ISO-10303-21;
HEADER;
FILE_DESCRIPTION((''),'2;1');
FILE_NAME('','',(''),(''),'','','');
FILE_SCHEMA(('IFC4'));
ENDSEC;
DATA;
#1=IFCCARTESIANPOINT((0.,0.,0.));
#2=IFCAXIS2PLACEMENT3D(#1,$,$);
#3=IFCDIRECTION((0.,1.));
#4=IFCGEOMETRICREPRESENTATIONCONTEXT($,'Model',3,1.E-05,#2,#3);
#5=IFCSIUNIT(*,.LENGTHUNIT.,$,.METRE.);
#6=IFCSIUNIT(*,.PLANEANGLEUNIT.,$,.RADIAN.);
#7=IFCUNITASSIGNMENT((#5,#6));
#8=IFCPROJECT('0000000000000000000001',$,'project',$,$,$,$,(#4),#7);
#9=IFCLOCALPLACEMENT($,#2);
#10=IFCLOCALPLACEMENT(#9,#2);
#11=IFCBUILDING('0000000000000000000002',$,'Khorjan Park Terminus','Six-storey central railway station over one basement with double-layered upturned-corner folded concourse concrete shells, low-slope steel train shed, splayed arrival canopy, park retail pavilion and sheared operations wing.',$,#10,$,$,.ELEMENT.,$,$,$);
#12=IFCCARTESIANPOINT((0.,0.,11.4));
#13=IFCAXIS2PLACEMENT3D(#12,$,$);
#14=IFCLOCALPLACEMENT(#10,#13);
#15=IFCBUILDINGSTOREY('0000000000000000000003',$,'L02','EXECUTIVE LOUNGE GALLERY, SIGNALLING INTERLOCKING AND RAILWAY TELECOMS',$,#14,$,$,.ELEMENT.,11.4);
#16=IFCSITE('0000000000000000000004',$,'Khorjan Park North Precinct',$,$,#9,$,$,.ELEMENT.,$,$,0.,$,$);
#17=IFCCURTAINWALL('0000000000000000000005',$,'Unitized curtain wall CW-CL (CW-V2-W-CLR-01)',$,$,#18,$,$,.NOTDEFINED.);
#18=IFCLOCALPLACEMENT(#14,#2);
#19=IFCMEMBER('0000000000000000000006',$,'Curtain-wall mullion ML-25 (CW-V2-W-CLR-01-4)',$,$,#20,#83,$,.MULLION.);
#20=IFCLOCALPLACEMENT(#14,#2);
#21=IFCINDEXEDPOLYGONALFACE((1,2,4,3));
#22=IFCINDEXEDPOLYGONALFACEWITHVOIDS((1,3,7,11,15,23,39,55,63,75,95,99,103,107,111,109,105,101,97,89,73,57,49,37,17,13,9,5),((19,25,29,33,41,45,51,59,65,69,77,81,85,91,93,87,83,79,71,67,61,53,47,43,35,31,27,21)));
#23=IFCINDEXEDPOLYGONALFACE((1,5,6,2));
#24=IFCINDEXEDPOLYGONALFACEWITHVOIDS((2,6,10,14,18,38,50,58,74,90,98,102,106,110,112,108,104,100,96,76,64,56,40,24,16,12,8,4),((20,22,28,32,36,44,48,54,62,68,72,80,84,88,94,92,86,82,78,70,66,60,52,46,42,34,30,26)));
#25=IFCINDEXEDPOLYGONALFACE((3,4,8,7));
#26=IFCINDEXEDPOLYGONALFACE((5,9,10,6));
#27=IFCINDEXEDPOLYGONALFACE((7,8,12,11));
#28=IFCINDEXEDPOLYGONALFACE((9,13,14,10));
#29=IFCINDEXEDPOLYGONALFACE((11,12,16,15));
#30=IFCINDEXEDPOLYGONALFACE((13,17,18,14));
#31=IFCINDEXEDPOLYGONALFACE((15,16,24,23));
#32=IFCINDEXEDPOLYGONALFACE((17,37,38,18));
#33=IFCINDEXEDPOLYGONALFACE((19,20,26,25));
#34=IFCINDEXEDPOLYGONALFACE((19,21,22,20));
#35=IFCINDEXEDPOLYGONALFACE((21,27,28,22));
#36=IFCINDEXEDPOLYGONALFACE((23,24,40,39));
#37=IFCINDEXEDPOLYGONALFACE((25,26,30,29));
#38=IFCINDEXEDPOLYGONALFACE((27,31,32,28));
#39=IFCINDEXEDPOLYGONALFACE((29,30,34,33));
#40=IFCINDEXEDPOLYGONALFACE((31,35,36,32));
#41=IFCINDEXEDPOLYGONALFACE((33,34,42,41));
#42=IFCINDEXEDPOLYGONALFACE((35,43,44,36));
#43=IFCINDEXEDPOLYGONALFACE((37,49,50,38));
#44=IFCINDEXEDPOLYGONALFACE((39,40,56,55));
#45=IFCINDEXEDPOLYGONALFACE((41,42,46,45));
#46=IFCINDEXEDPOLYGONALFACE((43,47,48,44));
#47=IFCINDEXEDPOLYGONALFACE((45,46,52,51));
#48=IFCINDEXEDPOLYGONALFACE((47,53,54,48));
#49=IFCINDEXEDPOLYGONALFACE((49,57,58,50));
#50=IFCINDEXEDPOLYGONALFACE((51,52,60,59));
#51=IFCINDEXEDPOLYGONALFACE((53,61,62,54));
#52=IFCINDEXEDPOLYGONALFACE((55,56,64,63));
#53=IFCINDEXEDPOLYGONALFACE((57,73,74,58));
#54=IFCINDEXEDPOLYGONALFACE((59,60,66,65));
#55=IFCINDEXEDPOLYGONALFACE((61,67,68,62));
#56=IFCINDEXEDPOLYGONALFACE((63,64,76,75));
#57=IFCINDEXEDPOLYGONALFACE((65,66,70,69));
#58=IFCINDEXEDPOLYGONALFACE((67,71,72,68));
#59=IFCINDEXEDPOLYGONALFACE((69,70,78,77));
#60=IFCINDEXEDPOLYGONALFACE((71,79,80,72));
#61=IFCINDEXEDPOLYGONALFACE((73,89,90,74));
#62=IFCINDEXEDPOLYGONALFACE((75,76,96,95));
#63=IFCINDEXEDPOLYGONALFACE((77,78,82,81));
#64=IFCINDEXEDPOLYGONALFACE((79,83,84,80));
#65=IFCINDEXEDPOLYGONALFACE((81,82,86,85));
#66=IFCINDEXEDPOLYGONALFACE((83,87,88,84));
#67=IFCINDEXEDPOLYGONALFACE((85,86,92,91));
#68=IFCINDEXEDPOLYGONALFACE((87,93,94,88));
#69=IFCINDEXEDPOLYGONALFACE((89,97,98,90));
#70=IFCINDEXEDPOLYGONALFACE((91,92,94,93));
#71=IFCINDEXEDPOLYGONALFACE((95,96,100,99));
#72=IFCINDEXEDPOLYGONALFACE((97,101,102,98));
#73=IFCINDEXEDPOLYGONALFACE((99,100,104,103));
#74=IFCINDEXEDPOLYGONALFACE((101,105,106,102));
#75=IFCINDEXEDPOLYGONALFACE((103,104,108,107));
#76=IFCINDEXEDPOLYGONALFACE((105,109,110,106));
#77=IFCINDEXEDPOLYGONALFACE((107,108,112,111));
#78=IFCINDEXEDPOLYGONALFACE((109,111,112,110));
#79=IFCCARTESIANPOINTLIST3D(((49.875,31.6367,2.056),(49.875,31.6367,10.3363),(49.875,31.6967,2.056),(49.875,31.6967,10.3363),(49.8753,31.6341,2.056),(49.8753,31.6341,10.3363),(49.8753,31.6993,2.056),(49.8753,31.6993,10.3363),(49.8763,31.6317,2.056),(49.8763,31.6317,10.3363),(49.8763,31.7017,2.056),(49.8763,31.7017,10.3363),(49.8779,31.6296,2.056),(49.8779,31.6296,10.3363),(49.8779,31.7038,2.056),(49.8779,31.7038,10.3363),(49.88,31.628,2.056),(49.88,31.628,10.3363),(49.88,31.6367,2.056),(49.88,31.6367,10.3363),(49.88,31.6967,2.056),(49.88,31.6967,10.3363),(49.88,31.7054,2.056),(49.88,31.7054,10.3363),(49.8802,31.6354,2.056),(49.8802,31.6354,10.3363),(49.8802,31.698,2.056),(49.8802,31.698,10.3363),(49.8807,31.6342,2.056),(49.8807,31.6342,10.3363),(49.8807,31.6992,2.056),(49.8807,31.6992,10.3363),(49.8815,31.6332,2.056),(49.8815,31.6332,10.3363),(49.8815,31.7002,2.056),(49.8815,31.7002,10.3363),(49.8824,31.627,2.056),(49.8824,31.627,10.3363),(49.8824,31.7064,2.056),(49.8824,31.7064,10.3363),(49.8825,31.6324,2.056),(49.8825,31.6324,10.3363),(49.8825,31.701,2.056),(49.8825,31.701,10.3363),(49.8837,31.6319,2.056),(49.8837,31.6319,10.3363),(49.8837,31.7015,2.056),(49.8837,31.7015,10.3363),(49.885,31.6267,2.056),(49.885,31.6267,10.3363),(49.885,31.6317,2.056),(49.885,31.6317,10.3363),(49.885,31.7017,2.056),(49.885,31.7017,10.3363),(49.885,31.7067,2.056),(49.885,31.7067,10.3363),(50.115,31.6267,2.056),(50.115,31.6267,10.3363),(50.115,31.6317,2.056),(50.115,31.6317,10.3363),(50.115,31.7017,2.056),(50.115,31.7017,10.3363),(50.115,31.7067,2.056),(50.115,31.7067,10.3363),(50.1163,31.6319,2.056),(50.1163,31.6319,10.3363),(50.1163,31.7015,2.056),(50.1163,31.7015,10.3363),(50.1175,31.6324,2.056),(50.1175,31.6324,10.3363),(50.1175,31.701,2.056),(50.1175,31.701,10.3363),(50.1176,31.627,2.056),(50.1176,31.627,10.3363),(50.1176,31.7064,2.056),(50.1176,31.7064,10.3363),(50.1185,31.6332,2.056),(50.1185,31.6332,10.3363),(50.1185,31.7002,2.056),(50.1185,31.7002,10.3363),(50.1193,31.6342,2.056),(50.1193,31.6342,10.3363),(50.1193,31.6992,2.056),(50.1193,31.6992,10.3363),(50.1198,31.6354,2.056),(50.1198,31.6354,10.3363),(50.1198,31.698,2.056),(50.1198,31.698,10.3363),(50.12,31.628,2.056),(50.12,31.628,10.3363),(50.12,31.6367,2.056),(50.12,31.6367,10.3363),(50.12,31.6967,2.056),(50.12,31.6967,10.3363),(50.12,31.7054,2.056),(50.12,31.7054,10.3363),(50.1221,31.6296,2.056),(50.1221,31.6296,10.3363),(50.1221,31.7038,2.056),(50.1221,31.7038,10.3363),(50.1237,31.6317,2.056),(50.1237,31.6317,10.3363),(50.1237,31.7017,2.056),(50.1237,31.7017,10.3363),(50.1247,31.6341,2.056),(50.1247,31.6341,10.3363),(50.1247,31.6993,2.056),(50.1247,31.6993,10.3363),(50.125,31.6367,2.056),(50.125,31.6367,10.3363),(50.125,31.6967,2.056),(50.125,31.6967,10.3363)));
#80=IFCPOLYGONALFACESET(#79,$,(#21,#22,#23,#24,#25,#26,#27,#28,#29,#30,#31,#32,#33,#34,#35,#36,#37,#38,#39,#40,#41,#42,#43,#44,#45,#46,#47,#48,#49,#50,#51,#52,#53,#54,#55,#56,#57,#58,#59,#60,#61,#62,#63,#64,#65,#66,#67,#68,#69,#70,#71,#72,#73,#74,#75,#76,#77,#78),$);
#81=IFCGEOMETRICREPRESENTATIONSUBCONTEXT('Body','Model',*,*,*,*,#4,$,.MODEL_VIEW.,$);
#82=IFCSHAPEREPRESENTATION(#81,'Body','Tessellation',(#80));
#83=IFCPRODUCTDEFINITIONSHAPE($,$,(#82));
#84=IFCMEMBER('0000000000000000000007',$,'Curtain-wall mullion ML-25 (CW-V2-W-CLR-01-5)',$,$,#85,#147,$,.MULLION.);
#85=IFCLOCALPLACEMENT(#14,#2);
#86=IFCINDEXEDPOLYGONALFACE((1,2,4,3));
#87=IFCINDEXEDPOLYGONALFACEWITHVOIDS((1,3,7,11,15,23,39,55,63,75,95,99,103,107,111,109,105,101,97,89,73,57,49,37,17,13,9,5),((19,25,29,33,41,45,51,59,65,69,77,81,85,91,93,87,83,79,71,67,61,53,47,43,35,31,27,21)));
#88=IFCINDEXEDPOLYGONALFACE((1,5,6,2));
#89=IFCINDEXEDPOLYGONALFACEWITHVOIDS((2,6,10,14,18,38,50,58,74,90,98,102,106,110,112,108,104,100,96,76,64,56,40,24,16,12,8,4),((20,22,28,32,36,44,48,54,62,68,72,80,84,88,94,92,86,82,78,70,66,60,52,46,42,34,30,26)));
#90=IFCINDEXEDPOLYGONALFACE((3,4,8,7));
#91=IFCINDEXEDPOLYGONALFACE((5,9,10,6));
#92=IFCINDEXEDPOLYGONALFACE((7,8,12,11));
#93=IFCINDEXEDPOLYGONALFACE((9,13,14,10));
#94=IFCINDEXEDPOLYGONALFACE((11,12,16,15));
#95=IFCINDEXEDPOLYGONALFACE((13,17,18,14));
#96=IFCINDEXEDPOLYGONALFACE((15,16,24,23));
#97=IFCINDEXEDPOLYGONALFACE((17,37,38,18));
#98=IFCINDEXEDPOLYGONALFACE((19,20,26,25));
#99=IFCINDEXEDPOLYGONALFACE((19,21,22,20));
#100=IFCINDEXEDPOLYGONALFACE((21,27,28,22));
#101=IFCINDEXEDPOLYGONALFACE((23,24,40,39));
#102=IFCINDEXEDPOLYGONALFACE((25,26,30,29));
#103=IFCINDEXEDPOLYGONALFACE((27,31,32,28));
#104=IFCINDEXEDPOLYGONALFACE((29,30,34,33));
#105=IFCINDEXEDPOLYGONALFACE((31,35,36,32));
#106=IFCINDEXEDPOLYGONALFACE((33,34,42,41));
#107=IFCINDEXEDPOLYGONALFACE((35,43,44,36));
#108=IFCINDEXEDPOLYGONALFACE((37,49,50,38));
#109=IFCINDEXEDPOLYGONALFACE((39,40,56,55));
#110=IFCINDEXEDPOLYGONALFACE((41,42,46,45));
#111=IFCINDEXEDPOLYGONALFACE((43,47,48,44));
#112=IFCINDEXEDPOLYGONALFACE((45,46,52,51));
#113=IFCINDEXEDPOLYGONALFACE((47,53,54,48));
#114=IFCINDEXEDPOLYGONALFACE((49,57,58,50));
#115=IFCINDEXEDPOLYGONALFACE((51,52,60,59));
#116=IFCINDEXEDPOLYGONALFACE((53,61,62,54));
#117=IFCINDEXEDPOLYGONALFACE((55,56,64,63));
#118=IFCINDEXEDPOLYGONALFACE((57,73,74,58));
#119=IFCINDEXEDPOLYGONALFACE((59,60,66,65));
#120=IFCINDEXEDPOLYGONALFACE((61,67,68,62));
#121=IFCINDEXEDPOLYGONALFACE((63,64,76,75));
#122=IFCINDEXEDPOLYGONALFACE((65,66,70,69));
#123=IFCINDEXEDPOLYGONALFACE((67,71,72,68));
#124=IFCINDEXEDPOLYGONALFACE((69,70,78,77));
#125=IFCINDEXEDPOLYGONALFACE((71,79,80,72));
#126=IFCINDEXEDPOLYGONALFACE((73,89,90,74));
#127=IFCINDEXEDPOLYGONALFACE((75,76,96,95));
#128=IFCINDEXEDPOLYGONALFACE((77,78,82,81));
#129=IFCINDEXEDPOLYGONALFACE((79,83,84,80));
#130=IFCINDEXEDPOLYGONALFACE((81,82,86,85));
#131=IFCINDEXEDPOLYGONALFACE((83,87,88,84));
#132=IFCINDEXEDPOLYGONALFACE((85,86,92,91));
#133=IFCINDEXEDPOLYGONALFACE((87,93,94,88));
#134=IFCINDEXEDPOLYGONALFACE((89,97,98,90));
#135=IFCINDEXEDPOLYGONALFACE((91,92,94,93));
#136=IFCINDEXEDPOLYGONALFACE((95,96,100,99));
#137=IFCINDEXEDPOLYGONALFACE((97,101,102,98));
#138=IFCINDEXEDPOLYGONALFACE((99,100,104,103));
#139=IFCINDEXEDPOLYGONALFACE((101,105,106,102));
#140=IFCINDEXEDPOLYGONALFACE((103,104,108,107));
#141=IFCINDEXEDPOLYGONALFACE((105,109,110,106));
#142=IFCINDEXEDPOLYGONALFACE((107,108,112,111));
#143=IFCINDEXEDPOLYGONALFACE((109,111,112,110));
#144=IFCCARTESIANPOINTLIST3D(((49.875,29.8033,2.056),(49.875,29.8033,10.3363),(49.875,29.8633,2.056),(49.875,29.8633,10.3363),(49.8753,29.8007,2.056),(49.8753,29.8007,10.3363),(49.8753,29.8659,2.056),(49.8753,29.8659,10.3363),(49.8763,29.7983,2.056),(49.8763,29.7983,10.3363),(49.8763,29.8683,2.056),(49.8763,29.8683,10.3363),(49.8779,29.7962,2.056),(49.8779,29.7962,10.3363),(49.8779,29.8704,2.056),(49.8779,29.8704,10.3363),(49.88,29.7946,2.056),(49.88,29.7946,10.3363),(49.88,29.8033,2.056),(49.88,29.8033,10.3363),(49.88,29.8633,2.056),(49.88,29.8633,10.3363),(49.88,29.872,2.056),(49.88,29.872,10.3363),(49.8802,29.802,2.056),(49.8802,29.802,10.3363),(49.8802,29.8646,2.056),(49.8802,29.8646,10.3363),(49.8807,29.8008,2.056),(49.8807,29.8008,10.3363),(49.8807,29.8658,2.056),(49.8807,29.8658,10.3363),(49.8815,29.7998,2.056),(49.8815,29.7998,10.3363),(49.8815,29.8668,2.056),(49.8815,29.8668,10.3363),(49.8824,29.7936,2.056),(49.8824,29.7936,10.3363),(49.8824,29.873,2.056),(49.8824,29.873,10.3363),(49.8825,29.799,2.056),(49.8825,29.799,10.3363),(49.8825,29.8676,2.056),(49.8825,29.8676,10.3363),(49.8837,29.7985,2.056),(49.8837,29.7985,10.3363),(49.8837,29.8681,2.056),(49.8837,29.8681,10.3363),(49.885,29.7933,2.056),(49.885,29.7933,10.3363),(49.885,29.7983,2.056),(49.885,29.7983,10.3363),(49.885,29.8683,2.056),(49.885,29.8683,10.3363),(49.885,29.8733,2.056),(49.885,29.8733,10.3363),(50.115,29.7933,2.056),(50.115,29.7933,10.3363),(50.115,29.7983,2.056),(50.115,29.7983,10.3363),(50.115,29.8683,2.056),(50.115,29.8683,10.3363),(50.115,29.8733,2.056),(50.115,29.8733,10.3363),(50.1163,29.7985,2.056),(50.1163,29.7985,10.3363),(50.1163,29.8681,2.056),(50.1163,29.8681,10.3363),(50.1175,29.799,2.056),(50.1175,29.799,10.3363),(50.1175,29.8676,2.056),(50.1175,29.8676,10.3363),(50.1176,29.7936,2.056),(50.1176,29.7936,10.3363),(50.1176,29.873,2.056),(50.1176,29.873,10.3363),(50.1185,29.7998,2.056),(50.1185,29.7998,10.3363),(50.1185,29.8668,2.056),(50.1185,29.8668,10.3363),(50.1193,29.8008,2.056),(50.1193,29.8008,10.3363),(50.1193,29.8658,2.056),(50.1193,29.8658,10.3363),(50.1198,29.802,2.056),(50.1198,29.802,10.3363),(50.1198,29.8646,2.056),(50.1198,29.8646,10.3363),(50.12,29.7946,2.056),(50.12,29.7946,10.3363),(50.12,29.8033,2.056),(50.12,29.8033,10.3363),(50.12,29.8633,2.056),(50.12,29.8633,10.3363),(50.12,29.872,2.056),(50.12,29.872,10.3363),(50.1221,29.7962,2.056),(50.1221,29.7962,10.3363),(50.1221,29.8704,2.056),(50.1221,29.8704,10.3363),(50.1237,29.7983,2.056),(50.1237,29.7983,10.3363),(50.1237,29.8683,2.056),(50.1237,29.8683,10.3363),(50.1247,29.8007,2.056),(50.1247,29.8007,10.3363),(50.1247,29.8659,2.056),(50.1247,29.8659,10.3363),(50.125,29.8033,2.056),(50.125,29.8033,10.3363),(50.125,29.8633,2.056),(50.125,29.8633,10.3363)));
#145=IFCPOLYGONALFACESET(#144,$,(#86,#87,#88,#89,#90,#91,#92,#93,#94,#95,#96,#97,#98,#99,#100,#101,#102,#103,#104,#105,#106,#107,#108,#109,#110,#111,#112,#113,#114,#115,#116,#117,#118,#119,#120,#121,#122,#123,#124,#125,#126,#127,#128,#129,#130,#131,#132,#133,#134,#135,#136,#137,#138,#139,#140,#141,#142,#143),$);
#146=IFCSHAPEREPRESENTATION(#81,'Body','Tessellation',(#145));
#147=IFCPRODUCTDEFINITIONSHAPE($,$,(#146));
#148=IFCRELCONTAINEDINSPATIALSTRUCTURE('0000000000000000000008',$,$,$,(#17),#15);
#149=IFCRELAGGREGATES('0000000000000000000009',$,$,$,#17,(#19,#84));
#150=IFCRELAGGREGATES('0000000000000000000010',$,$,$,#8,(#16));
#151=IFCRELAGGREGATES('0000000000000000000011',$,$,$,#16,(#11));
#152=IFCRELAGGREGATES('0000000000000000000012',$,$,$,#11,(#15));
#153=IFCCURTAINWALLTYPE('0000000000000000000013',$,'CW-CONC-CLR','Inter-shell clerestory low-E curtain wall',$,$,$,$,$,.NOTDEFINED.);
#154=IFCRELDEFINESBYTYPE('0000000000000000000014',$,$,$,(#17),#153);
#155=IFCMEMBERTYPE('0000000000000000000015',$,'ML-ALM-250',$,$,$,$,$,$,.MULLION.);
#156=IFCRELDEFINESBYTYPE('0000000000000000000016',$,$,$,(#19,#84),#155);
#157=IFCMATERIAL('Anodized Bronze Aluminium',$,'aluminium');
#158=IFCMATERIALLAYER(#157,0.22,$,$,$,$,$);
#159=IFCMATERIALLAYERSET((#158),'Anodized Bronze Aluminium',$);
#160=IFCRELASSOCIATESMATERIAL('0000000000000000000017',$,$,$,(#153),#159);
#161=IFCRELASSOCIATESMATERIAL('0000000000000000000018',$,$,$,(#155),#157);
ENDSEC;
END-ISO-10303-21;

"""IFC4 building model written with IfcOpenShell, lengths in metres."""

from ifc_helpers import new_model, si_unit, direction, frame, origin, origin_2d, place, context, subcontext, project, spatial, hollow_rectangle, extrude, material, layer, layer_set, material_profile, profile_set, type_object, element, aggregate, save


model = new_model("IFC4")

# Units and contexts
model_context = context("Model", 3, precision=1e-05, world=origin(), true_north=direction((0.0, 1.0)))
body_context = subcontext(model_context, "Body", "Model", "MODEL_VIEW")
ifc_project = project(units=[si_unit("LENGTHUNIT", "METRE"), si_unit("PLANEANGLEUNIT", "RADIAN")], contexts=[model_context])

# Site, building, storey
site_placement = place(None, origin())
site = spatial("IfcSite", under=ifc_project, at=site_placement, Name="Khorjan Park North Precinct", CompositionType="ELEMENT", RefElevation=0.0)
building_placement = place(site_placement, origin())
building = spatial("IfcBuilding", under=site, at=building_placement, Name="Khorjan Park Terminus", Description="Six-storey central railway station over one basement with double-layered upturned-corner folded concourse concrete shells, low-slope steel train shed, splayed arrival canopy, park retail pavilion and sheared operations wing.", CompositionType="ELEMENT")
storey_placement = place(building_placement, frame((0.0, 0.0, 11.4)))
storey = spatial("IfcBuildingStorey", under=building, at=storey_placement, Name="L02", Description="EXECUTIVE LOUNGE GALLERY, SIGNALLING INTERLOCKING AND RAILWAY TELECOMS", CompositionType="ELEMENT", Elevation=11.4)

# Curtain wall, members
ifc_material_1 = material(Name="Anodized Bronze Aluminium", Category="aluminium")
ifc_layer_1 = layer(ifc_material_1, 0.22)
ifc_layer_set_1 = layer_set([ifc_layer_1], Name="Anodized Bronze Aluminium")
curtain_wall_type = type_object("IfcCurtainWallType", Name="CW-CONC-CLR", Description="Inter-shell clerestory low-E curtain wall", PredefinedType="NOTDEFINED", material=ifc_layer_set_1)
curtain_wall_placement = place(storey_placement, origin())
curtain_wall = element("IfcCurtainWall", 1, at=curtain_wall_placement, inside=storey, type_object=curtain_wall_type, Name="Unitized curtain wall CW-CL (CW-V2-W-CLR-01)", PredefinedType="NOTDEFINED")
ifc_material_profile_1 = material_profile(ifc_material_1, hollow_rectangle(XDim=0.08, YDim=0.25, WallThickness=0.005, InnerFilletRadius=0.005, OuterFilletRadius=0.01, at=origin_2d()), Name="ALM 80x250x5")
ifc_profile_set_1 = profile_set([ifc_material_profile_1], Name="Anodized Bronze Aluminium")
member_type_1 = type_object("IfcMemberType", Name="ML-ALM-250", PredefinedType="MULLION", material=ifc_profile_set_1)
member_1_placement = place(storey_placement, frame((50.0, 31.6667, 2.056), z_axis=(0.0, 0.0, 1.0), x_axis=(0.0, -1.0, 0.0)))
member_1 = element("IfcMember", 2, at=member_1_placement, type_object=member_type_1, Name="Curtain-wall mullion ML-25 (CW-V2-W-CLR-01-4)", PredefinedType="MULLION", context=body_context, shape_type="SweptSolid", body=[
    extrude(hollow_rectangle(XDim=0.08, YDim=0.25, WallThickness=0.005, InnerFilletRadius=0.005, OuterFilletRadius=0.01, at=origin_2d()), origin(), (0.0, 0.0, 1.0), 8.2803),
])
member_2_placement = place(storey_placement, frame((50.0, 29.8333, 2.056), z_axis=(0.0, 0.0, 1.0), x_axis=(0.0, -1.0, 0.0)))
member_2 = element("IfcMember", 3, at=member_2_placement, type_object=member_type_1, Name="Curtain-wall mullion ML-25 (CW-V2-W-CLR-01-5)", PredefinedType="MULLION", context=body_context, shape_type="SweptSolid", body=[
    extrude(hollow_rectangle(XDim=0.08, YDim=0.25, WallThickness=0.005, InnerFilletRadius=0.005, OuterFilletRadius=0.01, at=origin_2d()), origin(), (0.0, 0.0, 1.0), 8.2803),
])

aggregate(curtain_wall, [member_1, member_2])

save(model, "model.ifc")
